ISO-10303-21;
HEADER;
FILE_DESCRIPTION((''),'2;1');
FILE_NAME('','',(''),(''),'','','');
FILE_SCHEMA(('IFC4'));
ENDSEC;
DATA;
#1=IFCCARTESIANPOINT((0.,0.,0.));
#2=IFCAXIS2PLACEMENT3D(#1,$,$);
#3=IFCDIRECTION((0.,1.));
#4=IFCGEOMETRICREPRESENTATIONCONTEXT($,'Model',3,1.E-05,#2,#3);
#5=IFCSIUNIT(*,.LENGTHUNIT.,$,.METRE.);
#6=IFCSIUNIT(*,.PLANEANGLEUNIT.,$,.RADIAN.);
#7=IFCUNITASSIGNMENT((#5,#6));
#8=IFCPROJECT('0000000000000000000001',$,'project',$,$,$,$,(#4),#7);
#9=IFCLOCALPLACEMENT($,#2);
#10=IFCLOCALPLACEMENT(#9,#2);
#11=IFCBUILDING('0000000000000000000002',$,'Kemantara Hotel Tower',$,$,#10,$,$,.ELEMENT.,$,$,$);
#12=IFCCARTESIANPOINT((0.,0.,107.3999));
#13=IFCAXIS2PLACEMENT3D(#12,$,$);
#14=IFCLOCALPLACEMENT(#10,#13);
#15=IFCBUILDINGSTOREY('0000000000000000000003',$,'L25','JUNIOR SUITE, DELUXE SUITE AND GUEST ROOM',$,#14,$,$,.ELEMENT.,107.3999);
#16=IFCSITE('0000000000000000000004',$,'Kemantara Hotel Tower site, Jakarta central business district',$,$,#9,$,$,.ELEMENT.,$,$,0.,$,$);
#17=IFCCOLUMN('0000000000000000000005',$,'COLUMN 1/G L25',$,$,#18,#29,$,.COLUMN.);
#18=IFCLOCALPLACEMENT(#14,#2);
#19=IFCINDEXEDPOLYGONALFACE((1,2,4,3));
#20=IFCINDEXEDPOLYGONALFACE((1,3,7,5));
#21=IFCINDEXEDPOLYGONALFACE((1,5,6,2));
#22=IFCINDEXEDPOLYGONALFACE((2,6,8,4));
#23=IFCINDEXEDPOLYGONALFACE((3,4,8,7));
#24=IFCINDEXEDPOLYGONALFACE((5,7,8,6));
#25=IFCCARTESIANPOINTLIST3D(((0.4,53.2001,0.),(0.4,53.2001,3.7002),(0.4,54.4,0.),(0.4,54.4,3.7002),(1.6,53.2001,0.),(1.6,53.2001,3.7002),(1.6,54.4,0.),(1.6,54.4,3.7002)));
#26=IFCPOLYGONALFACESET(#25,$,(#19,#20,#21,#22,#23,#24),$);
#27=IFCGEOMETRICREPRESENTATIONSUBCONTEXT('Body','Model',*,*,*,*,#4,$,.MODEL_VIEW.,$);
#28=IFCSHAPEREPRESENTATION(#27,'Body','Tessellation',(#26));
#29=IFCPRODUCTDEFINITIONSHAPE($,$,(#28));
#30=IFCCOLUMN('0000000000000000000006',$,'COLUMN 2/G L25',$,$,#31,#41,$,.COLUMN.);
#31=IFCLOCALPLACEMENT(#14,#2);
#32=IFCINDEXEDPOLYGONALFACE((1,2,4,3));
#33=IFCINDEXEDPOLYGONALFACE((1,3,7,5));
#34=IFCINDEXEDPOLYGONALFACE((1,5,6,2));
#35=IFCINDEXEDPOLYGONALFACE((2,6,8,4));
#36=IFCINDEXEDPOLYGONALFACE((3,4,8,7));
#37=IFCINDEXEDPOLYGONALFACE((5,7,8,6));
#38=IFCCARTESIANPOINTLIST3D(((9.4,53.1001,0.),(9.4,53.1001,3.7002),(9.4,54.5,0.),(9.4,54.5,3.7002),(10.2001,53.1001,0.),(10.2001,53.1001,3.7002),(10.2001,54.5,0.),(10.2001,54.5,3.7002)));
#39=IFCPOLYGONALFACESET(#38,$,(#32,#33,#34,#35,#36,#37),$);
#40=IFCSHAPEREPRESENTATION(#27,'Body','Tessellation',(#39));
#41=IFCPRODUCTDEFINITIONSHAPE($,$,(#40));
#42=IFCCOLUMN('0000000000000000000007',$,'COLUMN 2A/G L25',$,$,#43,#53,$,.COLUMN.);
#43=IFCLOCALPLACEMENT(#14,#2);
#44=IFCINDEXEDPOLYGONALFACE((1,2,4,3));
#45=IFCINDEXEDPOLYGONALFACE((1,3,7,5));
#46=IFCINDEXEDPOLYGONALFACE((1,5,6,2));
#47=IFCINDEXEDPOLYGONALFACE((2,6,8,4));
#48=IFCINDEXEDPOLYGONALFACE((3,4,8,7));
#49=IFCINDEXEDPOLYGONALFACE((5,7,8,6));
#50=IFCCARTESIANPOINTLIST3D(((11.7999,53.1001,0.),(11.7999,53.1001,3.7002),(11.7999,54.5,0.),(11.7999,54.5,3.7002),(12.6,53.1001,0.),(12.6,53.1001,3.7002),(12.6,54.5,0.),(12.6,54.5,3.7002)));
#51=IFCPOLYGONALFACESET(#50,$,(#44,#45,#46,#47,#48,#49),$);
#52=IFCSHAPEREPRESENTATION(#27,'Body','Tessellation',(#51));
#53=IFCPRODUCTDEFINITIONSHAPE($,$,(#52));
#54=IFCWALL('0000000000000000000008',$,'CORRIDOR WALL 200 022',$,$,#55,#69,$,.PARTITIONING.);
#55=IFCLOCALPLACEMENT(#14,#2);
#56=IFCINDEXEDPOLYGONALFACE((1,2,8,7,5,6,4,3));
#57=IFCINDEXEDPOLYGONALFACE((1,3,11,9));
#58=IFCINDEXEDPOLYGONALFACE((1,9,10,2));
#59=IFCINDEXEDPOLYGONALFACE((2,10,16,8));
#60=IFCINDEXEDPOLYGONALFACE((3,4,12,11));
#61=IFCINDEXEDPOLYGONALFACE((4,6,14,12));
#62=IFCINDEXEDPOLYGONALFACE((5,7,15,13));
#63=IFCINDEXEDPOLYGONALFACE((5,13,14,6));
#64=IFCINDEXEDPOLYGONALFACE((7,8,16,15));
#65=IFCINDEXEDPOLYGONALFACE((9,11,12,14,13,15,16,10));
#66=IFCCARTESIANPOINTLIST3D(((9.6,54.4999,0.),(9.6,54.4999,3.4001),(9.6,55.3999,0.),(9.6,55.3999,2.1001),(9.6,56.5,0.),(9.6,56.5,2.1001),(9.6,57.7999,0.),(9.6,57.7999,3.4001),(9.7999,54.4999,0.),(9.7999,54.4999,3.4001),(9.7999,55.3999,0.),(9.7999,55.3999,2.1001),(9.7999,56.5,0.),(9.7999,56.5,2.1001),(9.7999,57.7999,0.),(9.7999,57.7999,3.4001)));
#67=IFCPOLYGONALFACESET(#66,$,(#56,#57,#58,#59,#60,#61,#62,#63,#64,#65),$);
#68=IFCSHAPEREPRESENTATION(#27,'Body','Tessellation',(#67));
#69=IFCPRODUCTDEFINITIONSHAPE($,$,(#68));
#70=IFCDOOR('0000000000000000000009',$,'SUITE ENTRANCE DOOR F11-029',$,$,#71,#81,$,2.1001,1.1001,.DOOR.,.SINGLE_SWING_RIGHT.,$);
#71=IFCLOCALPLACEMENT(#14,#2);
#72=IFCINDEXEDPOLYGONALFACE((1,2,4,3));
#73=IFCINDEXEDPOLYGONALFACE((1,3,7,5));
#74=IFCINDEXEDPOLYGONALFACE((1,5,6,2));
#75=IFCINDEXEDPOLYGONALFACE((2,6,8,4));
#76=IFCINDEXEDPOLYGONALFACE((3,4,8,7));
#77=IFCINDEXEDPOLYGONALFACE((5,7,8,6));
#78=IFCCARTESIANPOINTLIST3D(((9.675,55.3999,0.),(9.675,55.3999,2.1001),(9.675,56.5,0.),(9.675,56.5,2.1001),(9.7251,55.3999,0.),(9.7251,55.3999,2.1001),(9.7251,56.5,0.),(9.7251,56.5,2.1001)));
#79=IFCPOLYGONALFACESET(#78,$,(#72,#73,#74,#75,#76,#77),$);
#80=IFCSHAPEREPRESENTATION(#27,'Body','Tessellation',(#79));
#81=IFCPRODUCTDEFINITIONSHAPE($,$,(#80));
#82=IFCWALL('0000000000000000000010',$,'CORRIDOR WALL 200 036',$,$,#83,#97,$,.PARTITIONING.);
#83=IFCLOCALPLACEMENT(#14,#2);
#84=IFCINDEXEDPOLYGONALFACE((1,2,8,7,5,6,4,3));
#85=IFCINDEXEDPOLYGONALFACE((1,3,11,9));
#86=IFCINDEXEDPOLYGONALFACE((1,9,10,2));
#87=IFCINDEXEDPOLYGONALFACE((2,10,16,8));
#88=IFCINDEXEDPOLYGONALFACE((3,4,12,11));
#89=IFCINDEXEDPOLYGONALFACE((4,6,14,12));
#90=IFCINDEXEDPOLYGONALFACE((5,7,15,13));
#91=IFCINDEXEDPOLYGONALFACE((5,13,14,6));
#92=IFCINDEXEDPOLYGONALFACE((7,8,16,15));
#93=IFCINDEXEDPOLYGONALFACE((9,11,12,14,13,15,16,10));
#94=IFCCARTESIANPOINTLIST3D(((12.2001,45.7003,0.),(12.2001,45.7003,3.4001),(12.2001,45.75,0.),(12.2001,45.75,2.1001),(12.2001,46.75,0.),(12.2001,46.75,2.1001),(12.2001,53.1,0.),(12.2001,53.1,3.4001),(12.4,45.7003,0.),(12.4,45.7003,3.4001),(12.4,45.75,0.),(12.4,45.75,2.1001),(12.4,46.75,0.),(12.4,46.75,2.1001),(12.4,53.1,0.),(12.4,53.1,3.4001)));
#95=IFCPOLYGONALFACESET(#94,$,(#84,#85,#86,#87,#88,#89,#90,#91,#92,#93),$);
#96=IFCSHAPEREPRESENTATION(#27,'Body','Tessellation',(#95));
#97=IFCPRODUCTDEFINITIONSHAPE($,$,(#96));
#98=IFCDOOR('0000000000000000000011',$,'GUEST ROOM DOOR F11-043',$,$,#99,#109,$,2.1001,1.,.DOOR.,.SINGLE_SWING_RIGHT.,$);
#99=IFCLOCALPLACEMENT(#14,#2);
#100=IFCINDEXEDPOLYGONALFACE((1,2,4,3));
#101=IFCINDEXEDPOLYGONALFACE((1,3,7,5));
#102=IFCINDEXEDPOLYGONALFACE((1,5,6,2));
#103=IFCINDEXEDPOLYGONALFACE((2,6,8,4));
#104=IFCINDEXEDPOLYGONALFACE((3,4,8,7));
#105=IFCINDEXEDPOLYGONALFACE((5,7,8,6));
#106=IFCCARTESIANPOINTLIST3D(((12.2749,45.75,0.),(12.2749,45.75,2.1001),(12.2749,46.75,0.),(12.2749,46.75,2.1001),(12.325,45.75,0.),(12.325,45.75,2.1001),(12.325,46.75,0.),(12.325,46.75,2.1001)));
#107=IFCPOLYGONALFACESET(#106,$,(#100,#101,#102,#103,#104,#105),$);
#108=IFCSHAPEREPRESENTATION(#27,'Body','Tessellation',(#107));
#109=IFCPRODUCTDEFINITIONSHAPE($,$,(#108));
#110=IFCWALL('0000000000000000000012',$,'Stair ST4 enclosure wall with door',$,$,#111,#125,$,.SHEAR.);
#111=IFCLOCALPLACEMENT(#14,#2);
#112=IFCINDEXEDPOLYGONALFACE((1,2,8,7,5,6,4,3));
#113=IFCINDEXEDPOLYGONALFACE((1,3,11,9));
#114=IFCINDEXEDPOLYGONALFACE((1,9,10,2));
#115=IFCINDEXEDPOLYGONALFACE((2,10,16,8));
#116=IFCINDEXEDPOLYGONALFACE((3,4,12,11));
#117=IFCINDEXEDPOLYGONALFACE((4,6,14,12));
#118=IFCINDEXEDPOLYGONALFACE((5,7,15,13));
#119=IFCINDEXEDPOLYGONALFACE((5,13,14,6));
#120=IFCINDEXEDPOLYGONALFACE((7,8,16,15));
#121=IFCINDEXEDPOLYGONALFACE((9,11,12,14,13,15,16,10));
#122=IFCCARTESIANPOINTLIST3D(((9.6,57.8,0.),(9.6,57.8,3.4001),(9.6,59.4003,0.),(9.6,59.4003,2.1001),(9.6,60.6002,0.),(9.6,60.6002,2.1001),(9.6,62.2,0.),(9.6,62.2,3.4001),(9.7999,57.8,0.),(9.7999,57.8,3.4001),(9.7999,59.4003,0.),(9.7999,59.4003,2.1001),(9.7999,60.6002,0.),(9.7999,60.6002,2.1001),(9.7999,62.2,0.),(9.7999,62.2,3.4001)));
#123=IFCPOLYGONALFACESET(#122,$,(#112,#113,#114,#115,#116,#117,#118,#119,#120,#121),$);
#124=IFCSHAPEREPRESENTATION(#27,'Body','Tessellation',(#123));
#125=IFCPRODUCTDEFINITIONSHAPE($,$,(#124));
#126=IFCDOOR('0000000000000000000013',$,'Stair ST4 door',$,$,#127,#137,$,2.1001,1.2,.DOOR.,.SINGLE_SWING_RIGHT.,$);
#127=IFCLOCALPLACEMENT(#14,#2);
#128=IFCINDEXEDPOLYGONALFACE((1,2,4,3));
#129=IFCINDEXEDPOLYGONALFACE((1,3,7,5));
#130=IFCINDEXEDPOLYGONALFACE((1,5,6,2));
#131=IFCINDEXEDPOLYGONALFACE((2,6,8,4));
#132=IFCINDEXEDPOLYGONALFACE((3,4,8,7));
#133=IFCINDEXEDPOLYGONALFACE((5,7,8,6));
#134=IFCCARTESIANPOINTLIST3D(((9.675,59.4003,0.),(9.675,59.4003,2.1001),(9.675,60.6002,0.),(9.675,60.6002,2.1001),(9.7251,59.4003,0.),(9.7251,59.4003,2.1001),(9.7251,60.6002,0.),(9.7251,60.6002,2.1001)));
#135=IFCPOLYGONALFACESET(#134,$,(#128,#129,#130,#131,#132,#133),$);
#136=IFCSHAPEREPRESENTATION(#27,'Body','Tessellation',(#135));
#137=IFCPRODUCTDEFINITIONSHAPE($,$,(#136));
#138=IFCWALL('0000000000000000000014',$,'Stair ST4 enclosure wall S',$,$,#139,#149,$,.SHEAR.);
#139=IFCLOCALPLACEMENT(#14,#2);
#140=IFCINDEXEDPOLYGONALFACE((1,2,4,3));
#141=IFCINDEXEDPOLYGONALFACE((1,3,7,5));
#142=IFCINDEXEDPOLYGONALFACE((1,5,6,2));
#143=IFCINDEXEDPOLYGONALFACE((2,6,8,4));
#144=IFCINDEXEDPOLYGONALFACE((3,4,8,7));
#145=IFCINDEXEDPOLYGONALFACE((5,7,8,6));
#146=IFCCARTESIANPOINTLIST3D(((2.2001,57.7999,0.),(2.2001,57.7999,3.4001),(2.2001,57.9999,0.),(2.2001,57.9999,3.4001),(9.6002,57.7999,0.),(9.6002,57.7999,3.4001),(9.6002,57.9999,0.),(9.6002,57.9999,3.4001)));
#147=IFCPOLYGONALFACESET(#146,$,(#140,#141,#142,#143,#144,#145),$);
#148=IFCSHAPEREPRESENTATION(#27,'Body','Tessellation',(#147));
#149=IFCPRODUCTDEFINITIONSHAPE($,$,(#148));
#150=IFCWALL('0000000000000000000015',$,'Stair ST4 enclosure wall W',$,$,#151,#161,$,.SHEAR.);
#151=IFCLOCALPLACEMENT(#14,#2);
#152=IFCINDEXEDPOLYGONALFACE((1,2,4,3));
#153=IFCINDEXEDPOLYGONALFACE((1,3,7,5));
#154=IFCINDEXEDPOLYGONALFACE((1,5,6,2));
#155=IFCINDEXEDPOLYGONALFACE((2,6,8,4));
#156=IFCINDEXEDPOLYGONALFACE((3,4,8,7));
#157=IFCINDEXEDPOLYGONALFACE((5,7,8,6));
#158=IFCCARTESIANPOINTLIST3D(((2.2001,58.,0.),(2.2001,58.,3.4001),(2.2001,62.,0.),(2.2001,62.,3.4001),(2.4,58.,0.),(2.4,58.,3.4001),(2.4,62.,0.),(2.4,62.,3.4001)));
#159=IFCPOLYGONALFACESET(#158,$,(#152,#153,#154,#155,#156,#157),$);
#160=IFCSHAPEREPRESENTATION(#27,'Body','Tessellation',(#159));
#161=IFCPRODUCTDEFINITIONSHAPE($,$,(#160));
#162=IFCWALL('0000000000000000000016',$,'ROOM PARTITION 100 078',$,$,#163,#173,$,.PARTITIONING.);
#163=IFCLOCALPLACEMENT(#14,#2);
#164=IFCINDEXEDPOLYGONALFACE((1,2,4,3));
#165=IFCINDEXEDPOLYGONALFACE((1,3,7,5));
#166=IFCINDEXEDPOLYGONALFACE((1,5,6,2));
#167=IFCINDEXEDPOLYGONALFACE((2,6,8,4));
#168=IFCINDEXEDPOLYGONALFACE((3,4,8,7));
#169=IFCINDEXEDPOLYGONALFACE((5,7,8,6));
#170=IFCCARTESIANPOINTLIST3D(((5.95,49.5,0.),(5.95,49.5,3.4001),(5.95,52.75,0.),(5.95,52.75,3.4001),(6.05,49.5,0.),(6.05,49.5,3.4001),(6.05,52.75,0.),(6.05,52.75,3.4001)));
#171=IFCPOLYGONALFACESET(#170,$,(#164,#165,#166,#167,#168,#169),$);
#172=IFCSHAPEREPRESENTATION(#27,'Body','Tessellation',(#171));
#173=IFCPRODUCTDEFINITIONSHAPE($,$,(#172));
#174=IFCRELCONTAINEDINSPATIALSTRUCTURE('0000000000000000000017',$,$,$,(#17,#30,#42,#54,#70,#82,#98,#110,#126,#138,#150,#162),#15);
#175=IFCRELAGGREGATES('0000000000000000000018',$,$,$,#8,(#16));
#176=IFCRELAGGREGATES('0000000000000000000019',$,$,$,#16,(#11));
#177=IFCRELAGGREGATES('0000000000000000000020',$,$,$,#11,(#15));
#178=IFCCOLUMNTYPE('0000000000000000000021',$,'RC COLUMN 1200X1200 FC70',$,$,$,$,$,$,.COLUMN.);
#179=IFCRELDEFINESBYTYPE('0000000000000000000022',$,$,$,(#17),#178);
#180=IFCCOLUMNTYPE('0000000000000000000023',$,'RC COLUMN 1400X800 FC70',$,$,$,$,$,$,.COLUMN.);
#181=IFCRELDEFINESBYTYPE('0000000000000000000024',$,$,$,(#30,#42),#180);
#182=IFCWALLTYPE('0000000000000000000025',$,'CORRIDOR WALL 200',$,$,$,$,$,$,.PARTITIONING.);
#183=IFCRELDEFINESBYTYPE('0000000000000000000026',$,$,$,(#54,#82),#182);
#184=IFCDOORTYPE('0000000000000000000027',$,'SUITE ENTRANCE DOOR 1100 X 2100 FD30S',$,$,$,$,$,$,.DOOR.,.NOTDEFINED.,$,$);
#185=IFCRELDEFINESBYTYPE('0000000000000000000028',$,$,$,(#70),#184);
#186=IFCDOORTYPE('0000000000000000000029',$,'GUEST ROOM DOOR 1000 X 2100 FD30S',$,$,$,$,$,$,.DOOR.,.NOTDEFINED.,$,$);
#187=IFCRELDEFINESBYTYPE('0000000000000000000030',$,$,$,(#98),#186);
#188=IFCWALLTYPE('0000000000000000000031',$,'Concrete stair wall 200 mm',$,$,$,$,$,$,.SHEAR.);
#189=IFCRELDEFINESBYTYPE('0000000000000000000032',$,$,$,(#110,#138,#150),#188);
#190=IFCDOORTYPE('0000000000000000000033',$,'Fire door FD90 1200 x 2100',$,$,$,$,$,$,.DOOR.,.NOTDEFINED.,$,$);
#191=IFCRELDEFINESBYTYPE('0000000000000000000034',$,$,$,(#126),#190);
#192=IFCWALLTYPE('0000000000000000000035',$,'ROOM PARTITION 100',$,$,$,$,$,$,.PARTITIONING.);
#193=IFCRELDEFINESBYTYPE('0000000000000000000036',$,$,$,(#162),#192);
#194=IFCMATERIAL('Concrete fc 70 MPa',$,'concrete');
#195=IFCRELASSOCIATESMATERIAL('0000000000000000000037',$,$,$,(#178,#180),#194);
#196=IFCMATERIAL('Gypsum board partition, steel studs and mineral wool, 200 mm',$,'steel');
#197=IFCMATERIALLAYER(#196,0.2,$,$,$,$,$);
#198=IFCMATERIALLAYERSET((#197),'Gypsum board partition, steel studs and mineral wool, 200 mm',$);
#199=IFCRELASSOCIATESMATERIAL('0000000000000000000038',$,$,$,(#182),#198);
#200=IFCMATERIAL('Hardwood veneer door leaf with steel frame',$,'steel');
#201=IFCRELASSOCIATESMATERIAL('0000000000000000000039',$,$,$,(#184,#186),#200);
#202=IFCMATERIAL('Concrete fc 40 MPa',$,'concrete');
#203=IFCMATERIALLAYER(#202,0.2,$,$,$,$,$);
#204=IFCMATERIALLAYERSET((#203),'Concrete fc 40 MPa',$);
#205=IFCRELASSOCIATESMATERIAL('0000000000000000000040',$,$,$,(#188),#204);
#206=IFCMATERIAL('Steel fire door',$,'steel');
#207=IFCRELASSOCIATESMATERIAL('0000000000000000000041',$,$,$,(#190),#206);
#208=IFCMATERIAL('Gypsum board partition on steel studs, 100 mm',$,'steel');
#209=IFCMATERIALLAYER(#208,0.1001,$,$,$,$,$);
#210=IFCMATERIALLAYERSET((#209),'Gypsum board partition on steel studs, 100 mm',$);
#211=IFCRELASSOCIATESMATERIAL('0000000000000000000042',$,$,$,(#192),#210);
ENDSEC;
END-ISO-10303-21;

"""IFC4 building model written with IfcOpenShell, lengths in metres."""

from ifc_helpers import new_model, si_unit, direction, frame, frame_2d, origin, origin_2d, place, context, subcontext, project, spatial, rectangle, extrude, material, layer, layer_set, material_profile, profile_set, type_object, element, fill, save


model = new_model("IFC4")

# Units and contexts
model_context = context("Model", 3, precision=1e-05, world=origin(), true_north=direction((0.0, 1.0)))
body_context = subcontext(model_context, "Body", "Model", "MODEL_VIEW")
ifc_project = project(units=[si_unit("LENGTHUNIT", "METRE"), si_unit("PLANEANGLEUNIT", "RADIAN")], contexts=[model_context])

# Site, building, storey
site_placement = place(None, origin())
site = spatial("IfcSite", under=ifc_project, at=site_placement, Name="Kemantara Hotel Tower site, Jakarta central business district", CompositionType="ELEMENT", RefElevation=0.0)
building_placement = place(site_placement, origin())
building = spatial("IfcBuilding", under=site, at=building_placement, Name="Kemantara Hotel Tower", CompositionType="ELEMENT")
storey_placement = place(building_placement, frame((0.0, 0.0, 107.3999)))
storey = spatial("IfcBuildingStorey", under=building, at=storey_placement, Name="L25", Description="JUNIOR SUITE, DELUXE SUITE AND GUEST ROOM", CompositionType="ELEMENT", Elevation=107.3999)

# Columns
ifc_material_1 = material(Name="Concrete fc 70 MPa", Category="concrete")
ifc_material_profile_1 = material_profile(ifc_material_1, rectangle(XDim=1.2, YDim=1.2, at=origin_2d()), Name="RC 1200X1200")
ifc_profile_set_1 = profile_set([ifc_material_profile_1], Name="Concrete fc 70 MPa")
column_type_1 = type_object("IfcColumnType", Name="RC COLUMN 1200X1200 FC70", PredefinedType="COLUMN", material=ifc_profile_set_1)
column_placement = place(storey_placement, frame((1.0, 53.8, 0.0), z_axis=(0.0, 0.0, 1.0), x_axis=(1.0, 0.0, 0.0)))
element("IfcColumn", 1, at=column_placement, inside=storey, type_object=column_type_1, Name="COLUMN 1/G L25", PredefinedType="COLUMN", context=body_context, shape_type="SweptSolid", body=[
    extrude(rectangle(XDim=1.2, YDim=1.2, at=origin_2d()), origin(), (0.0, 0.0, 1.0), 3.7002),
])
ifc_material_profile_2 = material_profile(ifc_material_1, rectangle(XDim=1.3999, YDim=0.8, at=origin_2d()), Name="RC 1400X800")
ifc_profile_set_2 = profile_set([ifc_material_profile_2], Name="Concrete fc 70 MPa")
column_type_2 = type_object("IfcColumnType", Name="RC COLUMN 1400X800 FC70", PredefinedType="COLUMN", material=ifc_profile_set_2)
for number, where, z_axis, x_axis, name in (
    (2, (9.8, 53.8, 0.0), (0.0, 0.0, 1.0), (0.0, 1.0, 0.0), "COLUMN 2/G L25"),
    (3, (12.2, 53.8, 0.0), (0.0, 0.0, 1.0), (0.0, 1.0, 0.0), "COLUMN 2A/G L25"),
):
    element("IfcColumn", number, at=place(storey_placement, frame(where, z_axis=z_axis, x_axis=x_axis)), inside=storey, type_object=column_type_2, Name=name, PredefinedType="COLUMN", context=body_context, shape_type="SweptSolid", body=[
        extrude(rectangle(XDim=1.3999, YDim=0.8, at=origin_2d()), origin(), (0.0, 0.0, 1.0), 3.7002),
    ])

# Walls, openings, doors
ifc_material_2 = material(Name="Gypsum board partition, steel studs and mineral wool, 200 mm", Category="steel")
ifc_layer_1 = layer(ifc_material_2, 0.2)
ifc_layer_set_1 = layer_set([ifc_layer_1], Name="Gypsum board partition, steel studs and mineral wool, 200 mm")
wall_type_1 = type_object("IfcWallType", Name="CORRIDOR WALL 200", PredefinedType="PARTITIONING", material=ifc_layer_set_1)
wall_1_placement = place(storey_placement, frame((9.7, 54.5, 0.0), z_axis=(0.0, 0.0, 1.0), x_axis=(0.0, 1.0, 0.0)))
wall_1 = element("IfcWall", 4, at=wall_1_placement, inside=storey, type_object=wall_type_1, Name="CORRIDOR WALL 200 022", PredefinedType="PARTITIONING", context=body_context, shape_type="SweptSolid", body=[
    extrude(rectangle(XDim=3.3, YDim=0.2, at=frame_2d((1.6499, 0.0))), origin(), (0.0, 0.0, 1.0), 3.4001),
])
opening_1_placement = place(wall_1_placement, frame((0.8999, 0.0, 0.0)))
opening_1 = element("IfcOpeningElement", 5, at=opening_1_placement, cuts=wall_1, PredefinedType="OPENING", context=body_context, shape_type="SweptSolid", body=[
    extrude(rectangle(XDim=1.1001, YDim=2.1001, at=frame_2d((0.55, 1.05))), frame((0.0, 0.1099, 0.0), z_axis=(0.0, -1.0, 0.0), x_axis=(1.0, 0.0, 0.0)), (0.0, 0.0, 1.0), 0.22),
])
ifc_material_3 = material(Name="Hardwood veneer door leaf with steel frame", Category="steel")
door_type_1 = type_object("IfcDoorType", Name="SUITE ENTRANCE DOOR 1100 X 2100 FD30S", OperationType="NOTDEFINED", PredefinedType="DOOR", material=ifc_material_3)
door_1_placement = place(opening_1_placement, origin())
door_1 = element("IfcDoor", 6, at=door_1_placement, inside=storey, type_object=door_type_1, Name="SUITE ENTRANCE DOOR F11-029", OperationType="SINGLE_SWING_RIGHT", OverallHeight=2.1001, OverallWidth=1.1001, PredefinedType="DOOR", context=body_context, shape_type="SweptSolid", body=[
    extrude(rectangle(XDim=1.1001, YDim=2.1001, at=frame_2d((0.55, 1.05))), frame((0.0, 0.0249, 0.0), z_axis=(0.0, -1.0, 0.0), x_axis=(1.0, 0.0, 0.0)), (0.0, 0.0, 1.0), 0.05),
])
fill(opening_1, door_1)
wall_2_placement = place(storey_placement, frame((12.3, 53.0999, 0.0), z_axis=(0.0, 0.0, 1.0), x_axis=(0.0, -1.0, 0.0)))
wall_2 = element("IfcWall", 7, at=wall_2_placement, inside=storey, type_object=wall_type_1, Name="CORRIDOR WALL 200 036", PredefinedType="PARTITIONING", context=body_context, shape_type="SweptSolid", body=[
    extrude(rectangle(XDim=7.3997, YDim=0.2, at=frame_2d((3.6997, 0.0))), origin(), (0.0, 0.0, 1.0), 3.4001),
])
opening_2_placement = place(wall_2_placement, frame((6.3499, 0.0, 0.0)))
opening_2 = element("IfcOpeningElement", 8, at=opening_2_placement, cuts=wall_2, PredefinedType="OPENING", context=body_context, shape_type="SweptSolid", body=[
    extrude(rectangle(XDim=1.0, YDim=2.1001, at=frame_2d((0.5, 1.05))), frame((0.0, 0.1099, 0.0), z_axis=(0.0, -1.0, 0.0), x_axis=(1.0, 0.0, 0.0)), (0.0, 0.0, 1.0), 0.22),
])
door_type_2 = type_object("IfcDoorType", Name="GUEST ROOM DOOR 1000 X 2100 FD30S", OperationType="NOTDEFINED", PredefinedType="DOOR", material=ifc_material_3)
door_2_placement = place(opening_2_placement, origin())
door_2 = element("IfcDoor", 9, at=door_2_placement, inside=storey, type_object=door_type_2, Name="GUEST ROOM DOOR F11-043", OperationType="SINGLE_SWING_RIGHT", OverallHeight=2.1001, OverallWidth=1.0, PredefinedType="DOOR", context=body_context, shape_type="SweptSolid", body=[
    extrude(rectangle(XDim=1.0, YDim=2.1001, at=frame_2d((0.5, 1.05))), frame((0.0, 0.0249, 0.0), z_axis=(0.0, -1.0, 0.0), x_axis=(1.0, 0.0, 0.0)), (0.0, 0.0, 1.0), 0.05),
])
fill(opening_2, door_2)
ifc_material_4 = material(Name="Concrete fc 40 MPa", Category="concrete")
ifc_layer_2 = layer(ifc_material_4, 0.2)
ifc_layer_set_2 = layer_set([ifc_layer_2], Name="Concrete fc 40 MPa")
wall_type_2 = type_object("IfcWallType", Name="Concrete stair wall 200 mm", PredefinedType="SHEAR", material=ifc_layer_set_2)
wall_3_placement = place(storey_placement, frame((9.7, 57.8, 0.0), z_axis=(0.0, 0.0, 1.0), x_axis=(0.0, 1.0, 0.0)))
wall_3 = element("IfcWall", 10, at=wall_3_placement, inside=storey, type_object=wall_type_2, Name="Stair ST4 enclosure wall with door", PredefinedType="SHEAR", context=body_context, shape_type="SweptSolid", body=[
    extrude(rectangle(XDim=4.3999, YDim=0.2, at=frame_2d((2.2, 0.0))), origin(), (0.0, 0.0, 1.0), 3.4001),
])
opening_3_placement = place(wall_3_placement, frame((1.6001, 0.0, 0.0)))
opening_3 = element("IfcOpeningElement", 11, at=opening_3_placement, cuts=wall_3, PredefinedType="OPENING", context=body_context, shape_type="SweptSolid", body=[
    extrude(rectangle(XDim=1.2, YDim=2.1001, at=frame_2d((0.6001, 1.05))), frame((0.0, 0.1099, 0.0), z_axis=(0.0, -1.0, 0.0), x_axis=(1.0, 0.0, 0.0)), (0.0, 0.0, 1.0), 0.22),
])
ifc_material_5 = material(Name="Steel fire door", Category="steel")
door_type_3 = type_object("IfcDoorType", Name="Fire door FD90 1200 x 2100", OperationType="NOTDEFINED", PredefinedType="DOOR", material=ifc_material_5)
door_3_placement = place(opening_3_placement, origin())
door_3 = element("IfcDoor", 12, at=door_3_placement, inside=storey, type_object=door_type_3, Name="Stair ST4 door", OperationType="SINGLE_SWING_RIGHT", OverallHeight=2.1001, OverallWidth=1.2, PredefinedType="DOOR", context=body_context, shape_type="SweptSolid", body=[
    extrude(rectangle(XDim=1.2, YDim=2.1001, at=frame_2d((0.6001, 1.05))), frame((0.0, 0.0249, 0.0), z_axis=(0.0, -1.0, 0.0), x_axis=(1.0, 0.0, 0.0)), (0.0, 0.0, 1.0), 0.05),
])
fill(opening_3, door_3)

# Walls
wall_4_placement = place(storey_placement, frame((2.2, 57.8999, 0.0), z_axis=(0.0, 0.0, 1.0), x_axis=(1.0, 0.0, 0.0)))
element("IfcWall", 13, at=wall_4_placement, inside=storey, type_object=wall_type_2, Name="Stair ST4 enclosure wall S", PredefinedType="SHEAR", context=body_context, shape_type="SweptSolid", body=[
    extrude(rectangle(XDim=7.4001, YDim=0.2, at=frame_2d((3.7002, 0.0))), origin(), (0.0, 0.0, 1.0), 3.4001),
])
wall_5_placement = place(storey_placement, frame((2.3, 58.0, 0.0), z_axis=(0.0, 0.0, 1.0), x_axis=(0.0, 1.0, 0.0)))
element("IfcWall", 14, at=wall_5_placement, inside=storey, type_object=wall_type_2, Name="Stair ST4 enclosure wall W", PredefinedType="SHEAR", context=body_context, shape_type="SweptSolid", body=[
    extrude(rectangle(XDim=4.0, YDim=0.2, at=frame_2d((2.0, 0.0))), origin(), (0.0, 0.0, 1.0), 3.4001),
])
ifc_material_6 = material(Name="Gypsum board partition on steel studs, 100 mm", Category="steel")
ifc_layer_3 = layer(ifc_material_6, 0.1001)
ifc_layer_set_3 = layer_set([ifc_layer_3], Name="Gypsum board partition on steel studs, 100 mm")
wall_type_3 = type_object("IfcWallType", Name="ROOM PARTITION 100", PredefinedType="PARTITIONING", material=ifc_layer_set_3)
wall_6_placement = place(storey_placement, frame((6.0, 49.5, 0.0), z_axis=(0.0, 0.0, 1.0), x_axis=(0.0, 1.0, 0.0)))
element("IfcWall", 15, at=wall_6_placement, inside=storey, type_object=wall_type_3, Name="ROOM PARTITION 100 078", PredefinedType="PARTITIONING", context=body_context, shape_type="SweptSolid", body=[
    extrude(rectangle(XDim=3.25, YDim=0.1001, at=frame_2d((1.625, 0.0))), origin(), (0.0, 0.0, 1.0), 3.4001),
])

save(model, "model.ifc")
